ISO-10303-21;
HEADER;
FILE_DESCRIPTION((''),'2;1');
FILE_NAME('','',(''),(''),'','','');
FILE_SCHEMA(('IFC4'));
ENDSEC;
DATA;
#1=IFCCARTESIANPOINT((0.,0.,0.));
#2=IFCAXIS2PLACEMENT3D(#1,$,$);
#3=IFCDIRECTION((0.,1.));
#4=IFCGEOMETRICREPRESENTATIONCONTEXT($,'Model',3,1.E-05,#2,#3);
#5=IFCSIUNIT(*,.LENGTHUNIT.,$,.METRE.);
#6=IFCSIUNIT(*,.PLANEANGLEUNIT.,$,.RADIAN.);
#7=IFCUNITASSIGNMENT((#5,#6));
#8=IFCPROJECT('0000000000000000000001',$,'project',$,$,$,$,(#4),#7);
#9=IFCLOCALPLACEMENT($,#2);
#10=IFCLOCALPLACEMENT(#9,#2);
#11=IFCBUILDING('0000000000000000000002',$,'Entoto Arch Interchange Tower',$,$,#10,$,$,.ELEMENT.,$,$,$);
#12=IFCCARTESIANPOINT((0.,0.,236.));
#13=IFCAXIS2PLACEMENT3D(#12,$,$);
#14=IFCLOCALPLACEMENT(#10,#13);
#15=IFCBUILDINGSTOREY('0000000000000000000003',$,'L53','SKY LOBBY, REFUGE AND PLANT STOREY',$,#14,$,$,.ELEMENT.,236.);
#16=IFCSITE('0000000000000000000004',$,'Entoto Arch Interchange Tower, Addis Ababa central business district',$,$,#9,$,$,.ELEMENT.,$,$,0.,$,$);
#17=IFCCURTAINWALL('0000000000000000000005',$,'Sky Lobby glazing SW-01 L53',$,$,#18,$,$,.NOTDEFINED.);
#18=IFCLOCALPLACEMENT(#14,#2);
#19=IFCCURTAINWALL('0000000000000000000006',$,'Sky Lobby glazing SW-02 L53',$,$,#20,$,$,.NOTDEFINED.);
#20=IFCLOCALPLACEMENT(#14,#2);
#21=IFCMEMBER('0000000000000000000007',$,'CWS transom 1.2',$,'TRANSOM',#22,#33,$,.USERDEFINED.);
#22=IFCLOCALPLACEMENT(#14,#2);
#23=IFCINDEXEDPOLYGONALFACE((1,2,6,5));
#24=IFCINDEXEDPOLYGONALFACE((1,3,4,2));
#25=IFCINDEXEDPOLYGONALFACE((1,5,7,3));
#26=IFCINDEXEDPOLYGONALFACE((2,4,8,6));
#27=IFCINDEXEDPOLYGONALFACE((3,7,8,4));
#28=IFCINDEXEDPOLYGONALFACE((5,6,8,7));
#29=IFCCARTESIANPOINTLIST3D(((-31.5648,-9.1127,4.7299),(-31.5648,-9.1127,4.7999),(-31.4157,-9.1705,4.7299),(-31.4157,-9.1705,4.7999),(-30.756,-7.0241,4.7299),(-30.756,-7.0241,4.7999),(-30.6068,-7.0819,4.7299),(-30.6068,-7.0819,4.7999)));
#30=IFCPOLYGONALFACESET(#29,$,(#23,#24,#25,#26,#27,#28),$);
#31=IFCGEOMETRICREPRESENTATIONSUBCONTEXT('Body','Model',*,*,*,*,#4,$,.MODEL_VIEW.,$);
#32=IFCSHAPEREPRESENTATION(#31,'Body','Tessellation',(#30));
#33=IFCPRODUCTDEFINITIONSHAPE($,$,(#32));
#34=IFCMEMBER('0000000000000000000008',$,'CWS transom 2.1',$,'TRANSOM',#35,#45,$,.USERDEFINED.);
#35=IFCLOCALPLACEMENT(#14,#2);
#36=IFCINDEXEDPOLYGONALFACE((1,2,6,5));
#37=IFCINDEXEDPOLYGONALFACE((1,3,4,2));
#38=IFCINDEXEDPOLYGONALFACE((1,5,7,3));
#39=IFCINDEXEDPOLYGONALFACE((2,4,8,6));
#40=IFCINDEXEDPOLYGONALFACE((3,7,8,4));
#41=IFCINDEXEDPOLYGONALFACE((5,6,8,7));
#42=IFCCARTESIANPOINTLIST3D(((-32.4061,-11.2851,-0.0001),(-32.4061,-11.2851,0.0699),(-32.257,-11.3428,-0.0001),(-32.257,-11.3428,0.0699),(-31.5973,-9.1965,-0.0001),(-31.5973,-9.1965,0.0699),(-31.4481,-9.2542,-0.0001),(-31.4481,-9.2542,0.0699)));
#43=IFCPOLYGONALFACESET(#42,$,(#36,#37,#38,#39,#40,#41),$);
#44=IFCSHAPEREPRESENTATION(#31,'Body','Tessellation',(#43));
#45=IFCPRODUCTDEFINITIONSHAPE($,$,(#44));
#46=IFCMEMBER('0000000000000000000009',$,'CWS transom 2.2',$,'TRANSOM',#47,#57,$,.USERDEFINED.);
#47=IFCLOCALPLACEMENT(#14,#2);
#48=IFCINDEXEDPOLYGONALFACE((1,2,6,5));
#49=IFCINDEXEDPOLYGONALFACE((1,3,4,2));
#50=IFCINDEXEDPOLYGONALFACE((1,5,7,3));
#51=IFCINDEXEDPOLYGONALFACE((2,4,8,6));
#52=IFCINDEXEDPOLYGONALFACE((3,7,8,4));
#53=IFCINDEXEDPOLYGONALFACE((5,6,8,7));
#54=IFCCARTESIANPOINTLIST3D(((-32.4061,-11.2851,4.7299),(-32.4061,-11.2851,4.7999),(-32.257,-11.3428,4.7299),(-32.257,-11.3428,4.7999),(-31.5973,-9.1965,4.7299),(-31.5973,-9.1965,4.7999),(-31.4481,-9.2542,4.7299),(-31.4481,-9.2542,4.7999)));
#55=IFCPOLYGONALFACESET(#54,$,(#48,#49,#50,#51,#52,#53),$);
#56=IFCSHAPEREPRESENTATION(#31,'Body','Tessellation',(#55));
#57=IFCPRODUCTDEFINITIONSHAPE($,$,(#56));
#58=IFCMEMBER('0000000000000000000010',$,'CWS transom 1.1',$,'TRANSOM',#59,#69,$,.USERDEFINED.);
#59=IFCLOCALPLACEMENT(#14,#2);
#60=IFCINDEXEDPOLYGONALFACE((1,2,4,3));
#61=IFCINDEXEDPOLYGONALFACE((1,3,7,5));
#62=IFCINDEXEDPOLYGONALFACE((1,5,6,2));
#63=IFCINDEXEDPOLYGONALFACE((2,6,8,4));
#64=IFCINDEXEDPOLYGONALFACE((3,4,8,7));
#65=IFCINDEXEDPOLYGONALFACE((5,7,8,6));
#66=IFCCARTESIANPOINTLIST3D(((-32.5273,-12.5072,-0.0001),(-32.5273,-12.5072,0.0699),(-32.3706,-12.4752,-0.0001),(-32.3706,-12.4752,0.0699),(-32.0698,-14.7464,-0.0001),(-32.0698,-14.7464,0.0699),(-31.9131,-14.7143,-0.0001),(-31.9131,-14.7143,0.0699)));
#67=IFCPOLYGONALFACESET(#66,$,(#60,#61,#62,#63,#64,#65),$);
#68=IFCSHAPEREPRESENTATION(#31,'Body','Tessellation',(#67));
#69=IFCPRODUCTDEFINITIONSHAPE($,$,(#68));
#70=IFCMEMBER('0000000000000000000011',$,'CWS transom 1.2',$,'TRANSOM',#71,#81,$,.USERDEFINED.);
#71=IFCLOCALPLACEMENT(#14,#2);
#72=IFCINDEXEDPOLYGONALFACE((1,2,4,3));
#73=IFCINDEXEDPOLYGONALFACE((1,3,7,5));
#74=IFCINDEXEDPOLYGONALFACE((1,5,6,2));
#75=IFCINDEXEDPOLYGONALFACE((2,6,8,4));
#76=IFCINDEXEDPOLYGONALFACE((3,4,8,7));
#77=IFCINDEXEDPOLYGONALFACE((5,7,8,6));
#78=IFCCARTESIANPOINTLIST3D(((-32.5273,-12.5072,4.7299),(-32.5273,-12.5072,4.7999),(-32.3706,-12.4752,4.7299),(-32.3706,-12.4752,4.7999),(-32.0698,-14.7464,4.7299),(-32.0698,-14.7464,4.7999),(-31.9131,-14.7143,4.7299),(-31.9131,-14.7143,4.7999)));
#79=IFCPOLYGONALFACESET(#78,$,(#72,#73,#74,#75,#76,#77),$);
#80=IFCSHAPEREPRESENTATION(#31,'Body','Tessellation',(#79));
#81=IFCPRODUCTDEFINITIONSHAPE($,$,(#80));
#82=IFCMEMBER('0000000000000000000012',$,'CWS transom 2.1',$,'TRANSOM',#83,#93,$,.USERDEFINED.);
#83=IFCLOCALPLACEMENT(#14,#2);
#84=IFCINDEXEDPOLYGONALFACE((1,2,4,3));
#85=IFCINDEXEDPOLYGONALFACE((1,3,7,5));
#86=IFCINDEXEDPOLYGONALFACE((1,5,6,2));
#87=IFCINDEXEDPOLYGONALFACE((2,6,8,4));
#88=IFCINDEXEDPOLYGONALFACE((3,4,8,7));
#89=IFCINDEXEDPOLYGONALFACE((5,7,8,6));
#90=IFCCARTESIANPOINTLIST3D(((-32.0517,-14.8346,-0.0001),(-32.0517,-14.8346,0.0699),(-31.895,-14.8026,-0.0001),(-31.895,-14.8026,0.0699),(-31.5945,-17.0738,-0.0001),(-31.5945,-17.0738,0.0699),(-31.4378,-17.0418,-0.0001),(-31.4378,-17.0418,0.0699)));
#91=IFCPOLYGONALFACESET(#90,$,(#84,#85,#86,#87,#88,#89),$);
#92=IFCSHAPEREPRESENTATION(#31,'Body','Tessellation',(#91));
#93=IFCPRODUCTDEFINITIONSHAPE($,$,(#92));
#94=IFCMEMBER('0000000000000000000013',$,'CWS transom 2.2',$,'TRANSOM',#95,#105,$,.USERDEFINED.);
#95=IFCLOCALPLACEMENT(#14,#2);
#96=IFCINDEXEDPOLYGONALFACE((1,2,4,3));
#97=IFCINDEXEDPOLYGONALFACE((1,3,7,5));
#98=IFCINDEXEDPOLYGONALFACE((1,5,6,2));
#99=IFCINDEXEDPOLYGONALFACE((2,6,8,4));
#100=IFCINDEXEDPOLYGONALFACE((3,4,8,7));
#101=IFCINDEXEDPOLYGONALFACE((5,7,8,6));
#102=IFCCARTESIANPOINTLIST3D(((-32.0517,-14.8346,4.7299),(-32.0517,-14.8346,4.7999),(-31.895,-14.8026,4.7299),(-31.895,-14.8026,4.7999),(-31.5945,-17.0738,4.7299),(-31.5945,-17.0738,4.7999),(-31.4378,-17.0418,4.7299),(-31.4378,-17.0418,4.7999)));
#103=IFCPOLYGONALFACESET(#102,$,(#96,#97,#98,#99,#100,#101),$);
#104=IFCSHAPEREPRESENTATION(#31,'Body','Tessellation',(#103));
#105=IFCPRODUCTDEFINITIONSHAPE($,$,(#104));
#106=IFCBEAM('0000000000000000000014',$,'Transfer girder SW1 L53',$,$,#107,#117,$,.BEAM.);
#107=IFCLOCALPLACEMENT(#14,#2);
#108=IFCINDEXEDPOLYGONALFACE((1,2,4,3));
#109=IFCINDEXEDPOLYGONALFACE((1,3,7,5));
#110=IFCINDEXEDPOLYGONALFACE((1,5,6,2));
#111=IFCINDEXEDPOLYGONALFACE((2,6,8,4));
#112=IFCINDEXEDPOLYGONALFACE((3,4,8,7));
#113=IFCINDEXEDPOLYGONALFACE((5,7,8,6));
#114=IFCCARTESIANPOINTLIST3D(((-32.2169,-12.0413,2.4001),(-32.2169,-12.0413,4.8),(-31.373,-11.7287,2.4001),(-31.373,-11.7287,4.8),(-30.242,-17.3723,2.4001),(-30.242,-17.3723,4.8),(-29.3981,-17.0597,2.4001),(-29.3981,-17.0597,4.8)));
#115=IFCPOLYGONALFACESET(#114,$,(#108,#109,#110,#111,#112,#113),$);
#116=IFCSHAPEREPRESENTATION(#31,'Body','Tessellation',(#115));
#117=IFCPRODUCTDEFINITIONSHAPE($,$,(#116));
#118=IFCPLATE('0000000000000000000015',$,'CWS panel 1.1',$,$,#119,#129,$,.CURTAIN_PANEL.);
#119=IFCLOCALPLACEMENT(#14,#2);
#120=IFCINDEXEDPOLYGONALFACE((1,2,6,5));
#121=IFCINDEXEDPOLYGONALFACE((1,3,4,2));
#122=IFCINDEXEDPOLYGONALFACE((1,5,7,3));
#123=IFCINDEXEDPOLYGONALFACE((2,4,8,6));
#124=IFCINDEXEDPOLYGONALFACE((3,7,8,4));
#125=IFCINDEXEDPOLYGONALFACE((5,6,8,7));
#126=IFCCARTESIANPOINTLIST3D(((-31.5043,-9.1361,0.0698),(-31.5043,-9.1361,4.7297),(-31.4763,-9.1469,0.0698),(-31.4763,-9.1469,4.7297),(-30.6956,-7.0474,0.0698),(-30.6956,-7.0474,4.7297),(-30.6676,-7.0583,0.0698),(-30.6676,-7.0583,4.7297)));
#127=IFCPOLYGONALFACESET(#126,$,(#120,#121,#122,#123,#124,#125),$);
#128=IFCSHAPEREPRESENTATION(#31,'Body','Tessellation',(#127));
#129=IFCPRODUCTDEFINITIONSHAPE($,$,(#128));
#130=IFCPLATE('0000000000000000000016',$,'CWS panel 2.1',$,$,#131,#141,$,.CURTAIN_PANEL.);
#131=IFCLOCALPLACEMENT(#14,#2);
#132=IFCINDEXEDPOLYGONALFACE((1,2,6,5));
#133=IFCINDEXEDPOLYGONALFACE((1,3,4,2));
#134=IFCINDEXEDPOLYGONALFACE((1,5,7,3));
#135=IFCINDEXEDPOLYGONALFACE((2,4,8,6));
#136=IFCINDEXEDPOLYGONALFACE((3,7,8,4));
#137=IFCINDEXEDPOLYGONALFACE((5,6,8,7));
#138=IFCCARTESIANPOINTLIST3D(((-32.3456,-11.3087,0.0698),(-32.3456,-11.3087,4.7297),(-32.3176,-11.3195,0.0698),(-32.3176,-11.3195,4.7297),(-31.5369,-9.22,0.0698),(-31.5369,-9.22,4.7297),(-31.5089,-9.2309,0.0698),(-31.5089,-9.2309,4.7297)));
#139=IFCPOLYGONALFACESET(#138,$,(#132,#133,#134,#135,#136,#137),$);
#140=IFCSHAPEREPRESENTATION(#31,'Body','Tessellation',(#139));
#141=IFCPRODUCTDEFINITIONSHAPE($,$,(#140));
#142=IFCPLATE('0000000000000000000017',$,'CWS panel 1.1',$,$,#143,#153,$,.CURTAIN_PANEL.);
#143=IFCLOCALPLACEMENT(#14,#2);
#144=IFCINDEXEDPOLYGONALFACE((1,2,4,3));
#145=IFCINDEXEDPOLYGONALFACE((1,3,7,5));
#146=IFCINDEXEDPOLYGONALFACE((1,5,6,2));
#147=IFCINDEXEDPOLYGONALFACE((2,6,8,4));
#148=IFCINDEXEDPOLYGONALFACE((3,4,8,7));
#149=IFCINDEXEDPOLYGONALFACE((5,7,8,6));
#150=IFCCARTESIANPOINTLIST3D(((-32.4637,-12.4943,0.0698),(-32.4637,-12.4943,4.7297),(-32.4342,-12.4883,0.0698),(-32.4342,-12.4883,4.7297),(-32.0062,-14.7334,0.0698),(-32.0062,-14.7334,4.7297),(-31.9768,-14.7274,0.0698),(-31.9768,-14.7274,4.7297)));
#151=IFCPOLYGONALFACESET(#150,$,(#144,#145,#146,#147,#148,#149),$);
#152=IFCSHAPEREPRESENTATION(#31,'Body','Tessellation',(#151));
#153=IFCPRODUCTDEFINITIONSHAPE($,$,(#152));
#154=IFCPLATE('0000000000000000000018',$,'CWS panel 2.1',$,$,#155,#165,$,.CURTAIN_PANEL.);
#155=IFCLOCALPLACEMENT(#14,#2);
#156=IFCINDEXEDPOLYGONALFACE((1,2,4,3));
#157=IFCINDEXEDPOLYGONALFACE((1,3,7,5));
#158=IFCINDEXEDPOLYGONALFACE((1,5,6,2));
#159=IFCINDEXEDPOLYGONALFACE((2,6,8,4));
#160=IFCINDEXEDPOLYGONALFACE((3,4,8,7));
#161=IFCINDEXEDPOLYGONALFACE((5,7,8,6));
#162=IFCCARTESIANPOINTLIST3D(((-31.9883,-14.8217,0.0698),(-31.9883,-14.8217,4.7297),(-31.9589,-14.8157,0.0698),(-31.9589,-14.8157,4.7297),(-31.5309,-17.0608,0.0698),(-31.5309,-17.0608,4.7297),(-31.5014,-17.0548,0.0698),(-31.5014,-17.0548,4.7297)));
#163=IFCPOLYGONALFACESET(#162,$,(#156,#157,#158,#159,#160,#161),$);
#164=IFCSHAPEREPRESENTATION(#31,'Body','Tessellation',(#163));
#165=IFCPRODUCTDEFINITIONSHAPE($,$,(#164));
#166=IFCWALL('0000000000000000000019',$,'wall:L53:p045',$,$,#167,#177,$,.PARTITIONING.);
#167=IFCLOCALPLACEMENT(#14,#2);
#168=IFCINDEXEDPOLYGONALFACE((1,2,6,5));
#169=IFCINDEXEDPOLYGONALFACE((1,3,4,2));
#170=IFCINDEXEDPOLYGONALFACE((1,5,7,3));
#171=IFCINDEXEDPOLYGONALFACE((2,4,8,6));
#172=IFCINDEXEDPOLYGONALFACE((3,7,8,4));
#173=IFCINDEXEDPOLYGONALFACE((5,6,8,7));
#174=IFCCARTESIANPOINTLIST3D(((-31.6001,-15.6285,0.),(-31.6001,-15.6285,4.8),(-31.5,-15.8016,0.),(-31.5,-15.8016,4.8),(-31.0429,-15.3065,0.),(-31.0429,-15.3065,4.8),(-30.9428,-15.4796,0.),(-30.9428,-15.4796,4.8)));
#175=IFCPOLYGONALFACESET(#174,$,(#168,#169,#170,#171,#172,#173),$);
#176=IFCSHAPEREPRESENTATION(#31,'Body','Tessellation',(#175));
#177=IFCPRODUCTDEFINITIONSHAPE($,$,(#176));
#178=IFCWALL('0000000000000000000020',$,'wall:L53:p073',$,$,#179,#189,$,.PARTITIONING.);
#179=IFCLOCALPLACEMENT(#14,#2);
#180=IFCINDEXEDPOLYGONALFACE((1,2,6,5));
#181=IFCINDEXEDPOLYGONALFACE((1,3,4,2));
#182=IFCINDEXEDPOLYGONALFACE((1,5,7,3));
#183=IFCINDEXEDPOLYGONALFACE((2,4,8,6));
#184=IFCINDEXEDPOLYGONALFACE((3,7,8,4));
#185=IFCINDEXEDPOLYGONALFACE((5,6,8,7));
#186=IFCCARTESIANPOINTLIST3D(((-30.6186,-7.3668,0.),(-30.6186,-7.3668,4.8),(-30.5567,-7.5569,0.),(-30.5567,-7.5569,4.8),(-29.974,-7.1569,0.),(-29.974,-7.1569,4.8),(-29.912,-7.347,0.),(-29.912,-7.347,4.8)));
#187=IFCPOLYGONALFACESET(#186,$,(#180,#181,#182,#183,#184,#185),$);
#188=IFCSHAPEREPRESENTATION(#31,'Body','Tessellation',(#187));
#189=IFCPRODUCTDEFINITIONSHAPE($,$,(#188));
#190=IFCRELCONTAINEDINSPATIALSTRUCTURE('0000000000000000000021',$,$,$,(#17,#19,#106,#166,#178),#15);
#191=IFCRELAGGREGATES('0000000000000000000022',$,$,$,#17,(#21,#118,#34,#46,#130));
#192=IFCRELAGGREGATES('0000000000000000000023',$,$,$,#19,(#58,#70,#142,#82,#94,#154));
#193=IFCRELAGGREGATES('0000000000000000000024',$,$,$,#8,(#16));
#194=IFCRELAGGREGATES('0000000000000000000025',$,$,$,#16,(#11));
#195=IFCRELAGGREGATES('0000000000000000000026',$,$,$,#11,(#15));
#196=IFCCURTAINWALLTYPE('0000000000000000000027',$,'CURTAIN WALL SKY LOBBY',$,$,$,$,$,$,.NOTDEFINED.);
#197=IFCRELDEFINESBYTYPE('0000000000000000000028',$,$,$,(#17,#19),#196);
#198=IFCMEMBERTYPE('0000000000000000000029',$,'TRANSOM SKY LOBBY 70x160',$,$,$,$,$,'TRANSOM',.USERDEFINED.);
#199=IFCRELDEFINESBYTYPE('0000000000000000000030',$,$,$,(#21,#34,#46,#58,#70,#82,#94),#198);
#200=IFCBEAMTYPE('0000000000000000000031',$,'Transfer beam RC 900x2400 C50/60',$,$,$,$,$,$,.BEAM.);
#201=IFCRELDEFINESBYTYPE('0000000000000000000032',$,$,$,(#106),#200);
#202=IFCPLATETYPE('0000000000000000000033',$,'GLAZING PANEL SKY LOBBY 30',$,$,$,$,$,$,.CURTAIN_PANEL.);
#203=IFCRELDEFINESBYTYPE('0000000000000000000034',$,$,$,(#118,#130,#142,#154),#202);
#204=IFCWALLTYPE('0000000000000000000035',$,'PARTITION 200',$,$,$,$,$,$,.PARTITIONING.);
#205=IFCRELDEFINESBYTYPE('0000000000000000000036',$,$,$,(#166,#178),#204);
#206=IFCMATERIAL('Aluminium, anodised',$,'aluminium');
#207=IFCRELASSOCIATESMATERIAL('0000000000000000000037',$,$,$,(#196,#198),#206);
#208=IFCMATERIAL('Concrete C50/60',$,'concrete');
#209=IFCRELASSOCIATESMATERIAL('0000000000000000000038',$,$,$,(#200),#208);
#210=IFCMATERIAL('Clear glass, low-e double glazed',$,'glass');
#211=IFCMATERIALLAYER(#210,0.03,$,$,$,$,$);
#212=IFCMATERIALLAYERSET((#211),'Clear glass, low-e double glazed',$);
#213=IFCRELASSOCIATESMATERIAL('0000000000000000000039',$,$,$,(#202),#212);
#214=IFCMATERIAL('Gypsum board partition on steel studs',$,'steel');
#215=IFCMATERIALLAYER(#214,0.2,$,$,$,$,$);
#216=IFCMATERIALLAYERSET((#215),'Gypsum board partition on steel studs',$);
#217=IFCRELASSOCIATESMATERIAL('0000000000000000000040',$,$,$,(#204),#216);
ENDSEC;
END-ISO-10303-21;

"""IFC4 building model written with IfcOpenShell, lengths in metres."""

from ifc_helpers import new_model, si_unit, direction, frame, frame_2d, origin, origin_2d, place, context, subcontext, project, spatial, rectangle, extrude, material, layer, layer_set, material_profile, profile_set, type_object, element, aggregate, save


model = new_model("IFC4")

# Units and contexts
model_context = context("Model", 3, precision=1e-05, world=origin(), true_north=direction((0.0, 1.0)))
body_context = subcontext(model_context, "Body", "Model", "MODEL_VIEW")
ifc_project = project(units=[si_unit("LENGTHUNIT", "METRE"), si_unit("PLANEANGLEUNIT", "RADIAN")], contexts=[model_context])

# Site, building, storey
site_placement = place(None, origin())
site = spatial("IfcSite", under=ifc_project, at=site_placement, Name="Entoto Arch Interchange Tower, Addis Ababa central business district", CompositionType="ELEMENT", RefElevation=0.0)
building_placement = place(site_placement, origin())
building = spatial("IfcBuilding", under=site, at=building_placement, Name="Entoto Arch Interchange Tower", CompositionType="ELEMENT")
storey_placement = place(building_placement, frame((0.0, 0.0, 236.0)))
storey = spatial("IfcBuildingStorey", under=building, at=storey_placement, Name="L53", Description="SKY LOBBY, REFUGE AND PLANT STOREY", CompositionType="ELEMENT", Elevation=236.0)

# Shared definitions
ifc_material_1 = material(Name="Concrete C50/60", Category="concrete")

# Curtain walls
ifc_material_2 = material(Name="Aluminium, anodised", Category="aluminium")
curtain_wall_type = type_object("IfcCurtainWallType", Name="CURTAIN WALL SKY LOBBY", PredefinedType="NOTDEFINED", material=ifc_material_2)
curtain_wall_1_placement = place(storey_placement, origin())
curtain_wall_1 = element("IfcCurtainWall", 1, at=curtain_wall_1_placement, inside=storey, type_object=curtain_wall_type, Name="Sky Lobby glazing SW-01 L53", PredefinedType="NOTDEFINED")
curtain_wall_2_placement = place(storey_placement, origin())
curtain_wall_2 = element("IfcCurtainWall", 2, at=curtain_wall_2_placement, inside=storey, type_object=curtain_wall_type, Name="Sky Lobby glazing SW-02 L53", PredefinedType="NOTDEFINED")

# Members
ifc_material_profile_1 = material_profile(ifc_material_2, rectangle(XDim=0.1599, YDim=0.0701, at=origin_2d()))
ifc_profile_set_1 = profile_set([ifc_material_profile_1], Name="Aluminium, anodised")
member_type_1 = type_object("IfcMemberType", Name="TRANSOM SKY LOBBY 70x160", ElementType="TRANSOM", PredefinedType="USERDEFINED", material=ifc_profile_set_1)
member_1_placement = place(storey_placement, frame((-30.6814, -7.053, 4.7649), z_axis=(-0.361126, -0.932517, 0.0), x_axis=(0.932517, -0.361126, 0.0)))
member_1 = element("IfcMember", 3, at=member_1_placement, type_object=member_type_1, Name="CWS transom 1.2", ObjectType="TRANSOM", PredefinedType="USERDEFINED", context=body_context, shape_type="SweptSolid", body=[
    extrude(rectangle(XDim=0.1599, YDim=0.0701, at=origin_2d()), origin(), (0.0, 0.0, 1.0), 2.2397),
])
member_2_placement = place(storey_placement, frame((-31.5227, -9.2253, 0.0349), z_axis=(-0.361126, -0.932517, 0.0), x_axis=(0.932517, -0.361126, 0.0)))
member_2 = element("IfcMember", 4, at=member_2_placement, type_object=member_type_1, Name="CWS transom 2.1", ObjectType="TRANSOM", PredefinedType="USERDEFINED", context=body_context, shape_type="SweptSolid", body=[
    extrude(rectangle(XDim=0.1599, YDim=0.0701, at=origin_2d()), origin(), (0.0, 0.0, 1.0), 2.2397),
])
member_3_placement = place(storey_placement, frame((-31.5227, -9.2253, 4.7649), z_axis=(-0.361126, -0.932517, 0.0), x_axis=(0.932517, -0.361126, 0.0)))
member_3 = element("IfcMember", 5, at=member_3_placement, type_object=member_type_1, Name="CWS transom 2.2", ObjectType="TRANSOM", PredefinedType="USERDEFINED", context=body_context, shape_type="SweptSolid", body=[
    extrude(rectangle(XDim=0.1599, YDim=0.0701, at=origin_2d()), origin(), (0.0, 0.0, 1.0), 2.2397),
])
member_4_placement = place(storey_placement, frame((-32.449, -12.4912, 0.0349), z_axis=(0.200182, -0.979759, 0.0), x_axis=(0.979759, 0.200182, 0.0)))
member_4 = element("IfcMember", 6, at=member_4_placement, type_object=member_type_1, Name="CWS transom 1.1", ObjectType="TRANSOM", PredefinedType="USERDEFINED", context=body_context, shape_type="SweptSolid", body=[
    extrude(rectangle(XDim=0.1599, YDim=0.0701, at=origin_2d()), origin(), (0.0, 0.0, 1.0), 2.2854),
])
member_5_placement = place(storey_placement, frame((-32.449, -12.4912, 4.7649), z_axis=(0.200182, -0.979759, 0.0), x_axis=(0.979759, 0.200182, 0.0)))
member_5 = element("IfcMember", 7, at=member_5_placement, type_object=member_type_1, Name="CWS transom 1.2", ObjectType="TRANSOM", PredefinedType="USERDEFINED", context=body_context, shape_type="SweptSolid", body=[
    extrude(rectangle(XDim=0.1599, YDim=0.0701, at=origin_2d()), origin(), (0.0, 0.0, 1.0), 2.2854),
])
member_6_placement = place(storey_placement, frame((-31.9734, -14.8186, 0.0349), z_axis=(0.200079, -0.97978, 0.0), x_axis=(0.97978, 0.200079, 0.0)))
member_6 = element("IfcMember", 8, at=member_6_placement, type_object=member_type_1, Name="CWS transom 2.1", ObjectType="TRANSOM", PredefinedType="USERDEFINED", context=body_context, shape_type="SweptSolid", body=[
    extrude(rectangle(XDim=0.1599, YDim=0.0701, at=origin_2d()), origin(), (0.0, 0.0, 1.0), 2.2854),
])
member_7_placement = place(storey_placement, frame((-31.9734, -14.8186, 4.7649), z_axis=(0.200079, -0.97978, 0.0), x_axis=(0.97978, 0.200079, 0.0)))
member_7 = element("IfcMember", 9, at=member_7_placement, type_object=member_type_1, Name="CWS transom 2.2", ObjectType="TRANSOM", PredefinedType="USERDEFINED", context=body_context, shape_type="SweptSolid", body=[
    extrude(rectangle(XDim=0.1599, YDim=0.0701, at=origin_2d()), origin(), (0.0, 0.0, 1.0), 2.2854),
])

# Beam
ifc_material_profile_2 = material_profile(ifc_material_1, rectangle(XDim=0.8999, YDim=2.3999, at=origin_2d()))
ifc_profile_set_2 = profile_set([ifc_material_profile_2], Name="Concrete C50/60")
beam_type = type_object("IfcBeamType", Name="Transfer beam RC 900x2400 C50/60", PredefinedType="BEAM", material=ifc_profile_set_2)
beam_placement = place(storey_placement, frame((-31.7949, -11.885, 3.6001), z_axis=(0.347374, -0.937726, 0.0), x_axis=(0.937726, 0.347374, 0.0)))
element("IfcBeam", 10, at=beam_placement, inside=storey, type_object=beam_type, Name="Transfer girder SW1 L53", PredefinedType="BEAM", context=body_context, shape_type="SweptSolid", body=[
    extrude(rectangle(XDim=0.8999, YDim=2.3999, at=origin_2d()), origin(), (0.0, 0.0, 1.0), 5.6851),
])

# Plates
ifc_material_3 = material(Name="Clear glass, low-e double glazed", Category="glass")
ifc_layer_1 = layer(ifc_material_3, 0.03)
ifc_layer_set_1 = layer_set([ifc_layer_1], Name="Clear glass, low-e double glazed")
plate_type = type_object("IfcPlateType", Name="GLAZING PANEL SKY LOBBY 30", PredefinedType="CURTAIN_PANEL", material=ifc_layer_set_1)
plate_1_placement = place(storey_placement, frame((-31.0859, -8.0972, 0.0698), z_axis=(0.0, 0.0, 1.0), x_axis=(-0.361095, -0.932529, 0.0)))
plate_1 = element("IfcPlate", 11, at=plate_1_placement, type_object=plate_type, Name="CWS panel 1.1", PredefinedType="CURTAIN_PANEL", context=body_context, shape_type="SweptSolid", body=[
    extrude(rectangle(XDim=2.2397, YDim=0.03, at=origin_2d()), origin(), (0.0, 0.0, 1.0), 4.6599),
])
plate_2_placement = place(storey_placement, frame((-31.9272, -10.2698, 0.0698), z_axis=(0.0, 0.0, 1.0), x_axis=(-0.361095, -0.932529, 0.0)))
plate_2 = element("IfcPlate", 12, at=plate_2_placement, type_object=plate_type, Name="CWS panel 2.1", PredefinedType="CURTAIN_PANEL", context=body_context, shape_type="SweptSolid", body=[
    extrude(rectangle(XDim=2.2397, YDim=0.03, at=origin_2d()), origin(), (0.0, 0.0, 1.0), 4.6599),
])
aggregate(curtain_wall_1, [member_1, plate_1, member_2, member_3, plate_2])
plate_3_placement = place(storey_placement, frame((-32.2202, -13.6108, 0.0698), z_axis=(0.0, 0.0, 1.0), x_axis=(0.200166, -0.979762, 0.0)))
plate_3 = element("IfcPlate", 13, at=plate_3_placement, type_object=plate_type, Name="CWS panel 1.1", PredefinedType="CURTAIN_PANEL", context=body_context, shape_type="SweptSolid", body=[
    extrude(rectangle(XDim=2.2854, YDim=0.03, at=origin_2d()), origin(), (0.0, 0.0, 1.0), 4.6599),
])
plate_4_placement = place(storey_placement, frame((-31.7449, -15.9382, 0.0698), z_axis=(0.0, 0.0, 1.0), x_axis=(0.200166, -0.979762, 0.0)))
plate_4 = element("IfcPlate", 14, at=plate_4_placement, type_object=plate_type, Name="CWS panel 2.1", PredefinedType="CURTAIN_PANEL", context=body_context, shape_type="SweptSolid", body=[
    extrude(rectangle(XDim=2.2854, YDim=0.03, at=origin_2d()), origin(), (0.0, 0.0, 1.0), 4.6599),
])
aggregate(curtain_wall_2, [member_4, member_5, plate_3, member_6, member_7, plate_4])

# Walls
ifc_material_4 = material(Name="Gypsum board partition on steel studs", Category="steel")
ifc_layer_2 = layer(ifc_material_4, 0.2)
ifc_layer_set_2 = layer_set([ifc_layer_2], Name="Gypsum board partition on steel studs")
wall_type_1 = type_object("IfcWallType", Name="PARTITION 200", PredefinedType="PARTITIONING", material=ifc_layer_set_2)
wall_1_placement = place(storey_placement, frame((-31.55, -15.7151, 0.0), z_axis=(0.0, 0.0, 1.0), x_axis=(0.865781, 0.500423, 0.0)))
element("IfcWall", 15, at=wall_1_placement, inside=storey, type_object=wall_type_1, Name="wall:L53:p045", PredefinedType="PARTITIONING", context=body_context, shape_type="SweptSolid", body=[
    extrude(rectangle(XDim=0.6436, YDim=0.2, at=frame_2d((0.3218, 0.0))), origin(), (0.0, 0.0, 1.0), 4.8),
])
wall_2_placement = place(storey_placement, frame((-29.9431, -7.252, 0.0), z_axis=(0.0, 0.0, 1.0), x_axis=(-0.950857, -0.309631, 0.0)))
element("IfcWall", 16, at=wall_2_placement, inside=storey, type_object=wall_type_1, Name="wall:L53:p073", PredefinedType="PARTITIONING", context=body_context, shape_type="SweptSolid", body=[
    extrude(rectangle(XDim=0.678, YDim=0.2, at=frame_2d((0.3389, 0.0))), origin(), (0.0, 0.0, 1.0), 4.8),
])

save(model, "model.ifc")
